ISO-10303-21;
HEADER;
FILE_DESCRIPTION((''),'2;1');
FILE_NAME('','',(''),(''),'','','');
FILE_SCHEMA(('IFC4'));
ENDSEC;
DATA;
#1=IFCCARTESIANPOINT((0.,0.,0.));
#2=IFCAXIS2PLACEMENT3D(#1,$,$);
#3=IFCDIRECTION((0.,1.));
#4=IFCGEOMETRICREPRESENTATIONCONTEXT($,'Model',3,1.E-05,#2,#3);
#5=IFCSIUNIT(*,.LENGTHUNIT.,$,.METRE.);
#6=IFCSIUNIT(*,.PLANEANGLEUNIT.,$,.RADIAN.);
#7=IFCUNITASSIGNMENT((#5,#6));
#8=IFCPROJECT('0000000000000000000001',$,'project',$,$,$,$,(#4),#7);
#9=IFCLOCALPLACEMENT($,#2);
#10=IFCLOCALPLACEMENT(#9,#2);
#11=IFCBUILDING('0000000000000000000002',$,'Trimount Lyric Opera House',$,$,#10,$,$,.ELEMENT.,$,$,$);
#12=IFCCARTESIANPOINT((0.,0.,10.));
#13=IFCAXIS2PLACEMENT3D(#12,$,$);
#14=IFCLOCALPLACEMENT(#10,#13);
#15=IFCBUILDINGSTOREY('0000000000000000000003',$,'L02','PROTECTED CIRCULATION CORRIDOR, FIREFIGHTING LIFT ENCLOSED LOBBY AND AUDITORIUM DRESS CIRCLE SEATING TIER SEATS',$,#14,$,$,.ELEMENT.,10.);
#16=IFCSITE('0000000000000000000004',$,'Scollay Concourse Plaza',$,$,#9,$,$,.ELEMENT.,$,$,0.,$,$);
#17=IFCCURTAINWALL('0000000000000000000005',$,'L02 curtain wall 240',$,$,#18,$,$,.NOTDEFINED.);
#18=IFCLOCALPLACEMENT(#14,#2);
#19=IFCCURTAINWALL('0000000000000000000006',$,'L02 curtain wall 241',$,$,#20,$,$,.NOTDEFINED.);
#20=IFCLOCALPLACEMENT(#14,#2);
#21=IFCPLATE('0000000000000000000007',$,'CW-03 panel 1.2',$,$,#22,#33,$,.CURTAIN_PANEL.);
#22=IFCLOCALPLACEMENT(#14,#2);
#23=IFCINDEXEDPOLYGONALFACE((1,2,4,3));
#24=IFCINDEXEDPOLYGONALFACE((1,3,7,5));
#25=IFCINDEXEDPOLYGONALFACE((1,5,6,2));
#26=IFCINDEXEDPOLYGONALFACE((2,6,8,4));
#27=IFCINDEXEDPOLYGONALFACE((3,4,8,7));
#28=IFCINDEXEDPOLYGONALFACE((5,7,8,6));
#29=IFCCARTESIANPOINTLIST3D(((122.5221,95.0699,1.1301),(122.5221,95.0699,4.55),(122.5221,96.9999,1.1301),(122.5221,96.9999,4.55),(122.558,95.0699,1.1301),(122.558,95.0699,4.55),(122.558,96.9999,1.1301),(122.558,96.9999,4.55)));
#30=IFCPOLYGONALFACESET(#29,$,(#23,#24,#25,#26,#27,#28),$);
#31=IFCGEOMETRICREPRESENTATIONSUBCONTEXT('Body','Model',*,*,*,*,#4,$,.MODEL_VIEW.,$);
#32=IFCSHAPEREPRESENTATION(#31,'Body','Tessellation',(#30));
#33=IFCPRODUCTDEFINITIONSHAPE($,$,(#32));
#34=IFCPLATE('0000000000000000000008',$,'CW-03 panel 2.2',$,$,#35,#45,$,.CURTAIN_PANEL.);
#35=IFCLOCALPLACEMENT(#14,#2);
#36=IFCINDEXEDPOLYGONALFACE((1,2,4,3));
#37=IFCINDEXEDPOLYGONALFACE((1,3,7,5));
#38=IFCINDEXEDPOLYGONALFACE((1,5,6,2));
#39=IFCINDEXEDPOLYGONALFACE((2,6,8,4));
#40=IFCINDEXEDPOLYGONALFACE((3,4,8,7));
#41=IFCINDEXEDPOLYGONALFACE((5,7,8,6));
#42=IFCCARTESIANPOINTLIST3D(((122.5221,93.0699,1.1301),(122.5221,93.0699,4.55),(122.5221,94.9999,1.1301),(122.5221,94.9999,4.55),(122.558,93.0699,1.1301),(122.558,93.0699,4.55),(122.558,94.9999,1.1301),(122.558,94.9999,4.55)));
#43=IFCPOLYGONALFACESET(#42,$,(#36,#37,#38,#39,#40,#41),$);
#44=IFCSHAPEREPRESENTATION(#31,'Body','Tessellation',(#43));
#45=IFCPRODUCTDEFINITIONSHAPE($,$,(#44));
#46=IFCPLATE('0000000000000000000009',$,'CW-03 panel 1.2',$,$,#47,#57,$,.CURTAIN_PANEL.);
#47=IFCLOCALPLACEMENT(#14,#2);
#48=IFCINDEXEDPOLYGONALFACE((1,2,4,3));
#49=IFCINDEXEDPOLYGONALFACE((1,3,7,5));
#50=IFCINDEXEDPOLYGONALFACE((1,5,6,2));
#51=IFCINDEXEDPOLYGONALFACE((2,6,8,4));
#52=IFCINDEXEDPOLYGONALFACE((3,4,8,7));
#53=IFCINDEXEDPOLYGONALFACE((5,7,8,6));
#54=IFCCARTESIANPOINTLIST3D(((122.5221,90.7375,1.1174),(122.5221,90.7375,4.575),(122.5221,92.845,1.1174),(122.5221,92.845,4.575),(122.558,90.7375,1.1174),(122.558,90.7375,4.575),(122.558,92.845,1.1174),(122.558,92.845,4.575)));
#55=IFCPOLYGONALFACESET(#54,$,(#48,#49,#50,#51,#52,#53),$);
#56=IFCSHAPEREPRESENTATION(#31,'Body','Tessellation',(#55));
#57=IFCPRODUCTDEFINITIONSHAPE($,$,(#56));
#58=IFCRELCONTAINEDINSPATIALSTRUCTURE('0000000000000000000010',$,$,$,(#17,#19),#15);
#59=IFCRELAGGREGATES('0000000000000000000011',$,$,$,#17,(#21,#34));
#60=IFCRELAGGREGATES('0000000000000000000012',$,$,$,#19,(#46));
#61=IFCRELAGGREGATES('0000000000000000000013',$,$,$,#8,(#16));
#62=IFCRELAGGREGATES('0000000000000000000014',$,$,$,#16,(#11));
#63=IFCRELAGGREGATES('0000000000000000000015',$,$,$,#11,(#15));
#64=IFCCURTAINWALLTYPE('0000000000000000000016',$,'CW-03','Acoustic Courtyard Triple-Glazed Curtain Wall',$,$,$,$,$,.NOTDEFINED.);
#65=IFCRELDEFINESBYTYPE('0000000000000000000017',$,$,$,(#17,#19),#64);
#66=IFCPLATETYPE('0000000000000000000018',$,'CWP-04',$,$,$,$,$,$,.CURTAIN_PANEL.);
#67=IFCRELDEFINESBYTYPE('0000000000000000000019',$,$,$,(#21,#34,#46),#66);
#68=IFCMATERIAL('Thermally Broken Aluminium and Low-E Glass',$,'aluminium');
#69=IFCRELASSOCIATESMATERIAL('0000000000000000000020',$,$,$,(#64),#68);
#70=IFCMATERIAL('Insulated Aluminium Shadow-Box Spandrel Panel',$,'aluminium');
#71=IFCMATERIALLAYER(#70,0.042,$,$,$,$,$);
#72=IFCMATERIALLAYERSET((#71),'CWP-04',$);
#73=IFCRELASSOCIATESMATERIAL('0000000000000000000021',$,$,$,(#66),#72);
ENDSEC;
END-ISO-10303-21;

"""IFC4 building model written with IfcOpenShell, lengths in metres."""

from ifc_helpers import new_model, si_unit, direction, frame, origin, origin_2d, place, context, subcontext, project, spatial, rectangle, extrude, material, layer, layer_set, type_object, element, aggregate, save


model = new_model("IFC4")

# Units and contexts
model_context = context("Model", 3, precision=1e-05, world=origin(), true_north=direction((0.0, 1.0)))
body_context = subcontext(model_context, "Body", "Model", "MODEL_VIEW")
ifc_project = project(units=[si_unit("LENGTHUNIT", "METRE"), si_unit("PLANEANGLEUNIT", "RADIAN")], contexts=[model_context])

# Site, building, storey
site_placement = place(None, origin())
site = spatial("IfcSite", under=ifc_project, at=site_placement, Name="Scollay Concourse Plaza", CompositionType="ELEMENT", RefElevation=0.0)
building_placement = place(site_placement, origin())
building = spatial("IfcBuilding", under=site, at=building_placement, Name="Trimount Lyric Opera House", CompositionType="ELEMENT")
storey_placement = place(building_placement, frame((0.0, 0.0, 10.0)))
storey = spatial("IfcBuildingStorey", under=building, at=storey_placement, Name="L02", Description="PROTECTED CIRCULATION CORRIDOR, FIREFIGHTING LIFT ENCLOSED LOBBY AND AUDITORIUM DRESS CIRCLE SEATING TIER SEATS", CompositionType="ELEMENT", Elevation=10.0)

# Curtain walls
ifc_material_1 = material(Name="Thermally Broken Aluminium and Low-E Glass", Category="aluminium")
curtain_wall_type = type_object("IfcCurtainWallType", Name="CW-03", Description="Acoustic Courtyard Triple-Glazed Curtain Wall", PredefinedType="NOTDEFINED", material=ifc_material_1)
curtain_wall_1_placement = place(storey_placement, origin())
curtain_wall_1 = element("IfcCurtainWall", 1, at=curtain_wall_1_placement, inside=storey, type_object=curtain_wall_type, Name="L02 curtain wall 240", PredefinedType="NOTDEFINED")
curtain_wall_2_placement = place(storey_placement, origin())
curtain_wall_2 = element("IfcCurtainWall", 2, at=curtain_wall_2_placement, inside=storey, type_object=curtain_wall_type, Name="L02 curtain wall 241", PredefinedType="NOTDEFINED")

# Plates
ifc_material_2 = material(Name="Insulated Aluminium Shadow-Box Spandrel Panel", Category="aluminium")
ifc_layer_1 = layer(ifc_material_2, 0.042)
ifc_layer_set_1 = layer_set([ifc_layer_1], Name="CWP-04")
plate_type_1 = type_object("IfcPlateType", Name="CWP-04", PredefinedType="CURTAIN_PANEL", material=ifc_layer_set_1)
plate_1_placement = place(storey_placement, frame((122.54, 96.0349, 1.1301), z_axis=(0.0, 0.0, 1.0), x_axis=(0.0, -1.0, 0.0)))
plate_1 = element("IfcPlate", 3, at=plate_1_placement, type_object=plate_type_1, Name="CW-03 panel 1.2", PredefinedType="CURTAIN_PANEL", context=body_context, shape_type="SweptSolid", body=[
    extrude(rectangle(XDim=1.9299, YDim=0.0359, at=origin_2d()), origin(), (0.0, 0.0, 1.0), 3.4199),
])
plate_2_placement = place(storey_placement, frame((122.54, 94.0349, 1.1301), z_axis=(0.0, 0.0, 1.0), x_axis=(0.0, -1.0, 0.0)))
plate_2 = element("IfcPlate", 4, at=plate_2_placement, type_object=plate_type_1, Name="CW-03 panel 2.2", PredefinedType="CURTAIN_PANEL", context=body_context, shape_type="SweptSolid", body=[
    extrude(rectangle(XDim=1.9299, YDim=0.0359, at=origin_2d()), origin(), (0.0, 0.0, 1.0), 3.4199),
])
aggregate(curtain_wall_1, [plate_1, plate_2])
plate_3_placement = place(storey_placement, frame((122.54, 91.7913, 1.1174), z_axis=(0.0, 0.0, 1.0), x_axis=(0.0, -1.0, 0.0)))
plate_3 = element("IfcPlate", 5, at=plate_3_placement, type_object=plate_type_1, Name="CW-03 panel 1.2", PredefinedType="CURTAIN_PANEL", context=body_context, shape_type="SweptSolid", body=[
    extrude(rectangle(XDim=2.1074, YDim=0.0359, at=origin_2d()), origin(), (0.0, 0.0, 1.0), 3.4575),
])
aggregate(curtain_wall_2, [plate_3])

save(model, "model.ifc")
